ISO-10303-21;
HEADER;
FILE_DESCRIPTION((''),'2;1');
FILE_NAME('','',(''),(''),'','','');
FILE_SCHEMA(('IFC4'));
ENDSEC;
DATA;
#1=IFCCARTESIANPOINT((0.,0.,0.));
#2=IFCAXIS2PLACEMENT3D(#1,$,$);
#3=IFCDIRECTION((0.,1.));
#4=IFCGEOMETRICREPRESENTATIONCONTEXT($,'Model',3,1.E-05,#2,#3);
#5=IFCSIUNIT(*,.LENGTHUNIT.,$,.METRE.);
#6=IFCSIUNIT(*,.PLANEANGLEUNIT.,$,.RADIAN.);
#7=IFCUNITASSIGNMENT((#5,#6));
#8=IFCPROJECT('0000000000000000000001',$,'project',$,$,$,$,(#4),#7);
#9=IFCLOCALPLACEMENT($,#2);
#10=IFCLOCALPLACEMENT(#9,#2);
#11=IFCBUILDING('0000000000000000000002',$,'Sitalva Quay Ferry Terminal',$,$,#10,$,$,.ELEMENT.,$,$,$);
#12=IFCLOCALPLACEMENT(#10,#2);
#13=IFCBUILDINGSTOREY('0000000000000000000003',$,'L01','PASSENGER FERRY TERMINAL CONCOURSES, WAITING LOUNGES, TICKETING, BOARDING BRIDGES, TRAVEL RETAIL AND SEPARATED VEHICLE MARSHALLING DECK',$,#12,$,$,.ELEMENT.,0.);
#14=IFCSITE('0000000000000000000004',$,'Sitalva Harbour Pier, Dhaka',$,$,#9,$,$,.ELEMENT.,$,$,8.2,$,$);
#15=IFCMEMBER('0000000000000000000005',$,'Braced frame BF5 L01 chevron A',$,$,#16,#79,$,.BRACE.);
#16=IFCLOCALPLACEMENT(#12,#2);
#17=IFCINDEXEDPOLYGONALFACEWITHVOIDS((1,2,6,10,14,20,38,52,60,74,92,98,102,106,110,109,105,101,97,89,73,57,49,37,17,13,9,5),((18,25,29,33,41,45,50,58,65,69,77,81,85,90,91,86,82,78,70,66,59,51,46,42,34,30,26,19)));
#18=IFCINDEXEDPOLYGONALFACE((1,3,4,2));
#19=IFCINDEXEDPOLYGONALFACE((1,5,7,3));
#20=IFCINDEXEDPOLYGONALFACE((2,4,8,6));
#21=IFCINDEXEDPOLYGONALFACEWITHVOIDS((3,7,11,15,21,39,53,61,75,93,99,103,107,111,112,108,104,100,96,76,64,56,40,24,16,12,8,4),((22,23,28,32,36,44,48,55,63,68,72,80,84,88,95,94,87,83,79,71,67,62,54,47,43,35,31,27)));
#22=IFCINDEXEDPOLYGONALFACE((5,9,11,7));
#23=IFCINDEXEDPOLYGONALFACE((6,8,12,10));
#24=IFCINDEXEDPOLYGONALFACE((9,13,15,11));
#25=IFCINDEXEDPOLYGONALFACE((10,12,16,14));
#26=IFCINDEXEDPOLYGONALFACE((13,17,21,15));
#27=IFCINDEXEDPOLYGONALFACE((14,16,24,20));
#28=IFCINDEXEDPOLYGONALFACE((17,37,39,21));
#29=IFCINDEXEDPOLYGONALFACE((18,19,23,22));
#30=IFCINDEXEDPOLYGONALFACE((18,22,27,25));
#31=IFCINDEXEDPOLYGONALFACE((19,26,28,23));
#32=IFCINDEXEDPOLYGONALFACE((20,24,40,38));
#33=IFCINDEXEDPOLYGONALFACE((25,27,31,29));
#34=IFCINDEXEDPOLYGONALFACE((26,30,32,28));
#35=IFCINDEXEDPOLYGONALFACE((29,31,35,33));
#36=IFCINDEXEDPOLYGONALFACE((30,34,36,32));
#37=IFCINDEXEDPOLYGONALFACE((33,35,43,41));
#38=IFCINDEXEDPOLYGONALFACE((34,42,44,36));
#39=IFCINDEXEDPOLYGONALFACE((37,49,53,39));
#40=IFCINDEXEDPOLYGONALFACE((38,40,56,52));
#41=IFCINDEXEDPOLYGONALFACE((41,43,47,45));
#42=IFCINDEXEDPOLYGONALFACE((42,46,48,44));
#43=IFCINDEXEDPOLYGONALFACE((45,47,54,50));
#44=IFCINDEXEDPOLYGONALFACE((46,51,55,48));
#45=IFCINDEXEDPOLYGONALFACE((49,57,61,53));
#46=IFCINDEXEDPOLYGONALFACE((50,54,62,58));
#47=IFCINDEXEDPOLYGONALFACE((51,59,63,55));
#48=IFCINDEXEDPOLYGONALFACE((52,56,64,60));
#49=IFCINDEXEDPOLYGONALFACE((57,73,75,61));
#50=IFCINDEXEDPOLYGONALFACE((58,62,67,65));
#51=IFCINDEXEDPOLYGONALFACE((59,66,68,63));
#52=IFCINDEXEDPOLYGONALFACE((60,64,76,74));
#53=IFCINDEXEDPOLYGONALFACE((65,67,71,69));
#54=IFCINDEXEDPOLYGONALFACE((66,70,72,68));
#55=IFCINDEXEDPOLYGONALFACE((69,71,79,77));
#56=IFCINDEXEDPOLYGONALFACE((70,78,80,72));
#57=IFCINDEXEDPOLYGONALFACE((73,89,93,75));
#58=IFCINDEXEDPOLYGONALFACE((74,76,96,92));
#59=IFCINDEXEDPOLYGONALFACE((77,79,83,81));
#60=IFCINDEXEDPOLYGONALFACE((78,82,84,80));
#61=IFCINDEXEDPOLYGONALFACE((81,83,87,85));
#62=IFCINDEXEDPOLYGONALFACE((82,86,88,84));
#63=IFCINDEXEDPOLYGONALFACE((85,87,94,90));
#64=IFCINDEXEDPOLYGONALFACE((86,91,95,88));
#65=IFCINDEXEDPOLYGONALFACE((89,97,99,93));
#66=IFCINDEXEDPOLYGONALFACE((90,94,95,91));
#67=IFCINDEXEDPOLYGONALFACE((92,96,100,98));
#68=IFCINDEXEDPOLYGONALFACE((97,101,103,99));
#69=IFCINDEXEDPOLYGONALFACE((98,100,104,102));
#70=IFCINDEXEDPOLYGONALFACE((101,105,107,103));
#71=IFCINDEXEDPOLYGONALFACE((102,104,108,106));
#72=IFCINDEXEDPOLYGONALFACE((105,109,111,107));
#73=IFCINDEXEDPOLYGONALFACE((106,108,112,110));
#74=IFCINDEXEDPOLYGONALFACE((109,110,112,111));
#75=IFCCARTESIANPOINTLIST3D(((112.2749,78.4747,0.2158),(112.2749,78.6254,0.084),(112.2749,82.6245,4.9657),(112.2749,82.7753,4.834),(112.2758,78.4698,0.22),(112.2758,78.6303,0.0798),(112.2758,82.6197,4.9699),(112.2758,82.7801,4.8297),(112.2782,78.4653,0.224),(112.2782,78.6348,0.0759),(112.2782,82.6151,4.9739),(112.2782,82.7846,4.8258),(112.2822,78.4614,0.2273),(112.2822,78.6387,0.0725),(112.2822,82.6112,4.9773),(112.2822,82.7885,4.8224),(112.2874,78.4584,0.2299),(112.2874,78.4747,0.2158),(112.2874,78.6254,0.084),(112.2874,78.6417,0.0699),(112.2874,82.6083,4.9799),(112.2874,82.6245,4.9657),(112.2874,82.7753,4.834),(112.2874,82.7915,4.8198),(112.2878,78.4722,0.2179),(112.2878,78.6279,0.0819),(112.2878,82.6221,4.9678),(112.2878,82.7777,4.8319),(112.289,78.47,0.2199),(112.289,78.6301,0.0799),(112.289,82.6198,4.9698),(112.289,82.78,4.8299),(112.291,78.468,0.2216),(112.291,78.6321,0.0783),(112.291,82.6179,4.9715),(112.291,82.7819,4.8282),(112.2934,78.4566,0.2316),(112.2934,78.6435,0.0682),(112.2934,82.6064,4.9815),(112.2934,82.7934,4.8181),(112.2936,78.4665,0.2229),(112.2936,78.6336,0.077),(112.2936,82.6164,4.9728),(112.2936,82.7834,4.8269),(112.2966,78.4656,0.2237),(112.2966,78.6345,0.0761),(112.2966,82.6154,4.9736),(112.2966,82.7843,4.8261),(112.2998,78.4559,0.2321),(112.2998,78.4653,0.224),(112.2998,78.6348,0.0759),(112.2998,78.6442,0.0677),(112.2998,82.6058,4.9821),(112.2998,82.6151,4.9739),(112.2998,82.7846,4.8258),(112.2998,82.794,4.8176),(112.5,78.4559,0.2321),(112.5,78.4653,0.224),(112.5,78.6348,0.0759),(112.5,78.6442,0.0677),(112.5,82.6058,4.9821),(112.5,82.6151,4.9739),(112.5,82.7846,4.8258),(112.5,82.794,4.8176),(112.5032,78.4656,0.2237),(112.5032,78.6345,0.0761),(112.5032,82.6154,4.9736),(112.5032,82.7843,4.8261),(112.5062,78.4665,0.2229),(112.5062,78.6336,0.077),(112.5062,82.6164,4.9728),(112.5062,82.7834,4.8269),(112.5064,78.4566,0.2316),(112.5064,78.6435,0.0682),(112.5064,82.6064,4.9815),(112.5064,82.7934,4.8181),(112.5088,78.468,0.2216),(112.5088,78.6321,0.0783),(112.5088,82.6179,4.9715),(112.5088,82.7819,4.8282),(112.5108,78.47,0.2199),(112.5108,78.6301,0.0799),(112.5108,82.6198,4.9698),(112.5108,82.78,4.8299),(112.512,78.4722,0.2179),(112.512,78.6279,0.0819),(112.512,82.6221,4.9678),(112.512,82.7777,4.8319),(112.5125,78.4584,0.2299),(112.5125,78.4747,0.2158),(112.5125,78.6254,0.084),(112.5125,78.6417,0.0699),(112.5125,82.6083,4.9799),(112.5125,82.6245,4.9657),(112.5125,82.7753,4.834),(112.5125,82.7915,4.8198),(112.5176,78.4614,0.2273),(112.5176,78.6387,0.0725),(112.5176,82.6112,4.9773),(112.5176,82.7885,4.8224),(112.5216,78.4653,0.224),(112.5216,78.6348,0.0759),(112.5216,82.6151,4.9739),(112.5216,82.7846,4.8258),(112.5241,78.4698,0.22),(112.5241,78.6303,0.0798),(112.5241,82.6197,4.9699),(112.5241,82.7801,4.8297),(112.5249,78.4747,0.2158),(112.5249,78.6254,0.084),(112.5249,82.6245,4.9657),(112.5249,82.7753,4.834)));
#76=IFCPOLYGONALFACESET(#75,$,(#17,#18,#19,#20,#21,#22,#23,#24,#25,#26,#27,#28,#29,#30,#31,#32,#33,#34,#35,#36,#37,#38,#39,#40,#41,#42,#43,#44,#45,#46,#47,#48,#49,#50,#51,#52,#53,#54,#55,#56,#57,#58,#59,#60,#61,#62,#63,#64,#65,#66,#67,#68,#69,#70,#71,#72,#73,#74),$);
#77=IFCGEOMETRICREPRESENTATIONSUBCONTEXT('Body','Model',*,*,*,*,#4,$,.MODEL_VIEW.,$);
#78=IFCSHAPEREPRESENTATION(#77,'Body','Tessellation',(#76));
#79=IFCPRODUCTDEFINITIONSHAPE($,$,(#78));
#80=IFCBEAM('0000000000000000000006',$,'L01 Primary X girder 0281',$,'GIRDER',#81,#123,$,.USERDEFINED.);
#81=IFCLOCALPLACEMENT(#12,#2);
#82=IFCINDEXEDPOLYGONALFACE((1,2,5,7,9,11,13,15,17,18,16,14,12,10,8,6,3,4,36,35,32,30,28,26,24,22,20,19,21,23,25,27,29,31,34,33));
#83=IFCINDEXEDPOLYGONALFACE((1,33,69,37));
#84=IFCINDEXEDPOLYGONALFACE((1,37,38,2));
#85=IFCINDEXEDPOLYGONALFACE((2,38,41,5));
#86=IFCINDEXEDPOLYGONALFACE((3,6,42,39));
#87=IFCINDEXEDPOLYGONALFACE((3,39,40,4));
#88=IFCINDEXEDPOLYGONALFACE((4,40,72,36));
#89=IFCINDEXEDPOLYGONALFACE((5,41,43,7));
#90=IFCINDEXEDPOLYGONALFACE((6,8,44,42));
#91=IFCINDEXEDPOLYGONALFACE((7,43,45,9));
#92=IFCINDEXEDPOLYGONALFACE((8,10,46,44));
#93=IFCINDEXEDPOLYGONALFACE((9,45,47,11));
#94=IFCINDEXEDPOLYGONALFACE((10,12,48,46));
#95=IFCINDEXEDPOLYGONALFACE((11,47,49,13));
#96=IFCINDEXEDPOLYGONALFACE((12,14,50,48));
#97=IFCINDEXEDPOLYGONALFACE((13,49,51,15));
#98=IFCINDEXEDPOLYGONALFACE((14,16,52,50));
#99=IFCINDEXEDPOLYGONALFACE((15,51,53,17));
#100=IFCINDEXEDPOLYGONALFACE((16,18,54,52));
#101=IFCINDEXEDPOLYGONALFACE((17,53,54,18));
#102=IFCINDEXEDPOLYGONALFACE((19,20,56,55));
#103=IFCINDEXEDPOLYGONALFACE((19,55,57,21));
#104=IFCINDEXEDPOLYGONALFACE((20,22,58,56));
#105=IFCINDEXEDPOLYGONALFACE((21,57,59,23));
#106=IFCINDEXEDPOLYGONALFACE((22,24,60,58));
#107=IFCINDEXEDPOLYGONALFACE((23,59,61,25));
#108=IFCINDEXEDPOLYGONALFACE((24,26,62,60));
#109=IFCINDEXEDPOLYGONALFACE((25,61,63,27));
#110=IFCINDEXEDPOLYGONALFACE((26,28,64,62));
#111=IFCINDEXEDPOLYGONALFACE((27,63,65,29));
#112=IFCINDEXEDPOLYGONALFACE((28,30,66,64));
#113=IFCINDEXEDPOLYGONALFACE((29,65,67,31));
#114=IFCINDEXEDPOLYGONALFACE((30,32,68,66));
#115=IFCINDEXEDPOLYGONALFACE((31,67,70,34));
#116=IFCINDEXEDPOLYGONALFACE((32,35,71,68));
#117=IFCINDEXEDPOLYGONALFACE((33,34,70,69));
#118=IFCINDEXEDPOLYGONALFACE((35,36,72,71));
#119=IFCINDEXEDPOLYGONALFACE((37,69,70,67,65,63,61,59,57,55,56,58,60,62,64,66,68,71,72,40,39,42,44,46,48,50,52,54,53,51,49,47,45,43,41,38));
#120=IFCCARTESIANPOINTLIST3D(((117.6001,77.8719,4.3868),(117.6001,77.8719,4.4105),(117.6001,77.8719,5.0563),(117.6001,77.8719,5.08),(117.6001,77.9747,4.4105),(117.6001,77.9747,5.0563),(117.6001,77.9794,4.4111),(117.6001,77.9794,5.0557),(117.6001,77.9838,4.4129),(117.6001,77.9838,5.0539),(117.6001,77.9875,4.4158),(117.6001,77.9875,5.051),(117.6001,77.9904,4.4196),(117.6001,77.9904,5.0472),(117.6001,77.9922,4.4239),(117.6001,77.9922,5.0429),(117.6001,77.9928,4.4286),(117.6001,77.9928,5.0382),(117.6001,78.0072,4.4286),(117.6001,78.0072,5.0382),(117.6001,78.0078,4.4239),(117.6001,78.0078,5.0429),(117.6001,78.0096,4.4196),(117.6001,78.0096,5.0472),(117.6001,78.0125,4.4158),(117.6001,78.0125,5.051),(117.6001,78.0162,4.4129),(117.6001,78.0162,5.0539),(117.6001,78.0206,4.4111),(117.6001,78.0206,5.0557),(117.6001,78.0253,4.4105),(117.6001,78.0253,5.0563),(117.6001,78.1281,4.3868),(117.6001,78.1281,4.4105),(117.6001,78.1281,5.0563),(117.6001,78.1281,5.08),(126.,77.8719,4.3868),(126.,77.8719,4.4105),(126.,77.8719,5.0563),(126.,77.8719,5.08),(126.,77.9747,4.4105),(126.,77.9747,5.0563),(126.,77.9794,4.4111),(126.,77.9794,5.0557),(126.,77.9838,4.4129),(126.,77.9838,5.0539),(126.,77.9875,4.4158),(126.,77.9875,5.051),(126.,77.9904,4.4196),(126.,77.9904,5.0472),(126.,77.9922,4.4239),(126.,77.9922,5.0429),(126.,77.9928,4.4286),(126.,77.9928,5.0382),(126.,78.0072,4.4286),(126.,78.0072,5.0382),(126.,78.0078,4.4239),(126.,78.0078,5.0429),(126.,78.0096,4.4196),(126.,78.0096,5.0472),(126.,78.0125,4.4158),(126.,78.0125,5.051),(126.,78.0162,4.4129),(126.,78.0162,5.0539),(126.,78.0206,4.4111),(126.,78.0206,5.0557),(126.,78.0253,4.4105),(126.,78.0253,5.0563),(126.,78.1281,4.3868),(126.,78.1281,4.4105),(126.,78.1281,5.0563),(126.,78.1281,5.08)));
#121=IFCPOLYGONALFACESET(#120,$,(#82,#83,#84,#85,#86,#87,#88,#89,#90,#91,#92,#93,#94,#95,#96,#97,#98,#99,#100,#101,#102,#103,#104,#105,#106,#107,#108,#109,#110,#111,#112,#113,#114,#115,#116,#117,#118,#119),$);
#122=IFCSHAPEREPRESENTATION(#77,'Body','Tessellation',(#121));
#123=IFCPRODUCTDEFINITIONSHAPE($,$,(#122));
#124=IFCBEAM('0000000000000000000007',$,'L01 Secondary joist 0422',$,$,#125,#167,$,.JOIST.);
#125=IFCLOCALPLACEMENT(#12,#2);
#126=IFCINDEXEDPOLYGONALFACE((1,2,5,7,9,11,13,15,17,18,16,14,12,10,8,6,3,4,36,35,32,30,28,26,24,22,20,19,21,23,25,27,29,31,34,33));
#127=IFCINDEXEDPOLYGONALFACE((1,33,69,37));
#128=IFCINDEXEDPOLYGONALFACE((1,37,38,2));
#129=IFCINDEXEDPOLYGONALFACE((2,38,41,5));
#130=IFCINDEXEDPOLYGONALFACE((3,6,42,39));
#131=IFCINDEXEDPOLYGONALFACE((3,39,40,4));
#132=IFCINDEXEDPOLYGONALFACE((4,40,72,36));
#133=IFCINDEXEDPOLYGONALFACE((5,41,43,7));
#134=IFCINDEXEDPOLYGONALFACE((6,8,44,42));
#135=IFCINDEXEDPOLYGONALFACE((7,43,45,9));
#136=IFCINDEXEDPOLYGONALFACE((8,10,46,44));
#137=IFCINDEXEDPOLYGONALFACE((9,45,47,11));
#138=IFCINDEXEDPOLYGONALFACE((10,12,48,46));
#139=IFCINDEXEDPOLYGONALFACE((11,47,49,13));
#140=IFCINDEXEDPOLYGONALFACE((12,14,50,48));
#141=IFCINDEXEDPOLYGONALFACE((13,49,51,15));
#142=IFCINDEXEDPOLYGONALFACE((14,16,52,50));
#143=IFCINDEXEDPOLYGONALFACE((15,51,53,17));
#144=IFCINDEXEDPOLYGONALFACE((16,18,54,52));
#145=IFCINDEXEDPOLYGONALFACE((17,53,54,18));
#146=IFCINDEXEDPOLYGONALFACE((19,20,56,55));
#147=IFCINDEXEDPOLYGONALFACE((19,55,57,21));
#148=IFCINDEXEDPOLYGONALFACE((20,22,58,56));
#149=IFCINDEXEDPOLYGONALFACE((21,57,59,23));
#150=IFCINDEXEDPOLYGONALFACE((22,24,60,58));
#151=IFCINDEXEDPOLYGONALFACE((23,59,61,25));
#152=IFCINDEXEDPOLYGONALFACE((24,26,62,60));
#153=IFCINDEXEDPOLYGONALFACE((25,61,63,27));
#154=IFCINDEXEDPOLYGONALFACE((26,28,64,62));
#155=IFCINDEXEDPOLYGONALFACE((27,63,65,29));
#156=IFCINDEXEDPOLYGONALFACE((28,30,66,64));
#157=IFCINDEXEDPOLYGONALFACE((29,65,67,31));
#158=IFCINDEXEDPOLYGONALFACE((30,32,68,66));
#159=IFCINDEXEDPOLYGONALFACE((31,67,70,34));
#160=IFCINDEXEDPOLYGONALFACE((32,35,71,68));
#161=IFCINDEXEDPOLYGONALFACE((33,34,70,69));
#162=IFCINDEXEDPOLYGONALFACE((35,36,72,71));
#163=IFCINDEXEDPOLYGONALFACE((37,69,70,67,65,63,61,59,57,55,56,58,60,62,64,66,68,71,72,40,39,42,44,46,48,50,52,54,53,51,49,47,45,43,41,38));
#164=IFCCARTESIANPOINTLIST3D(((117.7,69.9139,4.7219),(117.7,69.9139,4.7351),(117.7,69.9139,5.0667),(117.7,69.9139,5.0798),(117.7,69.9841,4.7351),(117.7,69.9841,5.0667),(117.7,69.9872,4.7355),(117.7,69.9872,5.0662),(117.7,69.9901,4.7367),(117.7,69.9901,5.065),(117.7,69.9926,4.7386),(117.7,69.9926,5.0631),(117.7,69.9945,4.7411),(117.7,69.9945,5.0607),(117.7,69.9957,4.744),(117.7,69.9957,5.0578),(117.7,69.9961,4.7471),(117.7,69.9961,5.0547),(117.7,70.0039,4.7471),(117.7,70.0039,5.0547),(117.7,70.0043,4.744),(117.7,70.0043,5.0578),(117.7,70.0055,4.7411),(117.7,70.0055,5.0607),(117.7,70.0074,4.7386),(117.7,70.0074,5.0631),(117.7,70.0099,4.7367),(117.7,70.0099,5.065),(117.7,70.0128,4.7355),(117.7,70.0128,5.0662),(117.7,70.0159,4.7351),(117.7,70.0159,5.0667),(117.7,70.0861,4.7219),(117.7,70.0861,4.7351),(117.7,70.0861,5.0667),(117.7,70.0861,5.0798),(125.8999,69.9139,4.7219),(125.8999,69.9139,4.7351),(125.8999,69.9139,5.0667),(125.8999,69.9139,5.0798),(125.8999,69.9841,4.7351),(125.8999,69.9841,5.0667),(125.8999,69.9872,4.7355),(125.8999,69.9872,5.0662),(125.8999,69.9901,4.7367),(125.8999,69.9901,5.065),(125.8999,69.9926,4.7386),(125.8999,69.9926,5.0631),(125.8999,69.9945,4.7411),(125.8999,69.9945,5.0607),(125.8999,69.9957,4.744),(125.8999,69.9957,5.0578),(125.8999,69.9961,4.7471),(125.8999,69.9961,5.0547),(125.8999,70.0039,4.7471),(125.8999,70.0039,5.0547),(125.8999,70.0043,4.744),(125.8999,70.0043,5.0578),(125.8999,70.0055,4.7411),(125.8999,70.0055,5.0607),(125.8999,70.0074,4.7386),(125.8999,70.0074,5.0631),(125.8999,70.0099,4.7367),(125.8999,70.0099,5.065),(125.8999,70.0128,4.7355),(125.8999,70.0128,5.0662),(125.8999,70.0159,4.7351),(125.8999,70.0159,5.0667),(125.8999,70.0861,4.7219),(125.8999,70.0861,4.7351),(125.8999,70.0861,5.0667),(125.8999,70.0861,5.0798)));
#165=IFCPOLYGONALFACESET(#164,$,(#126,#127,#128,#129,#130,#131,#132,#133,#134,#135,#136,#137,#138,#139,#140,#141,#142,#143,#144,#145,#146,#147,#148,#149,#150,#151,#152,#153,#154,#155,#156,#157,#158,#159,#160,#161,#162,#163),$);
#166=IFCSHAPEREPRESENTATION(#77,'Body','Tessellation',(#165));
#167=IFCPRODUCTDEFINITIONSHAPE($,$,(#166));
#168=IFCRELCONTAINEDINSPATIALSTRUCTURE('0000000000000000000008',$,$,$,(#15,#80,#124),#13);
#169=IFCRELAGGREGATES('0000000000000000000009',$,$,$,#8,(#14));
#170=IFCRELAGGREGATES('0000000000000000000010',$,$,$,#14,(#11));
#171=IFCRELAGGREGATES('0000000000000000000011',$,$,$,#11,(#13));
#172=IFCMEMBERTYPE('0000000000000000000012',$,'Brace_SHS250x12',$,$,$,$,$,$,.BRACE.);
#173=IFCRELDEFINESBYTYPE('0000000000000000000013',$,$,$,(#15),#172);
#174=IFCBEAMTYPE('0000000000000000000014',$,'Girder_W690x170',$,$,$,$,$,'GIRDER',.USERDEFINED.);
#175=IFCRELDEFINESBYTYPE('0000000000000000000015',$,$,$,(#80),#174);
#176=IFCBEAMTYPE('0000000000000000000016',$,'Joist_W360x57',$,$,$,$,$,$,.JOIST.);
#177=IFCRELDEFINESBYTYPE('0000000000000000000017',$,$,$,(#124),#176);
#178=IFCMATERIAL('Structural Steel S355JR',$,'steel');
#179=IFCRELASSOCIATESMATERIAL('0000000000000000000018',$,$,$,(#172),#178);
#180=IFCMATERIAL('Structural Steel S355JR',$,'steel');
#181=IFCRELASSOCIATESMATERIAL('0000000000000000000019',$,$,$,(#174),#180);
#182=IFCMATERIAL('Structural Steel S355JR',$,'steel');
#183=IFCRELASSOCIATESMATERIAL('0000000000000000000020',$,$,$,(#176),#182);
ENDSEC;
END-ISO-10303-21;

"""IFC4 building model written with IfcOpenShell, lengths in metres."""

from ifc_helpers import new_model, si_unit, direction, frame, origin, origin_2d, place, context, subcontext, project, spatial, hollow_rectangle, i_section, extrude, material, material_profile, profile_set, type_object, element, save


model = new_model("IFC4")

# Units and contexts
model_context = context("Model", 3, precision=1e-05, world=origin(), true_north=direction((0.0, 1.0)))
body_context = subcontext(model_context, "Body", "Model", "MODEL_VIEW")
ifc_project = project(units=[si_unit("LENGTHUNIT", "METRE"), si_unit("PLANEANGLEUNIT", "RADIAN")], contexts=[model_context])

# Site, building, storey
site_placement = place(None, origin())
site = spatial("IfcSite", under=ifc_project, at=site_placement, Name="Sitalva Harbour Pier, Dhaka", CompositionType="ELEMENT", RefElevation=8.2)
building_placement = place(site_placement, origin())
building = spatial("IfcBuilding", under=site, at=building_placement, Name="Sitalva Quay Ferry Terminal", CompositionType="ELEMENT")
storey_placement = place(building_placement, origin())
storey = spatial("IfcBuildingStorey", under=building, at=storey_placement, Name="L01", Description="PASSENGER FERRY TERMINAL CONCOURSES, WAITING LOUNGES, TICKETING, BOARDING BRIDGES, TRAVEL RETAIL AND SEPARATED VEHICLE MARSHALLING DECK", CompositionType="ELEMENT", Elevation=0.0)

# Member
ifc_material_1 = material(Name="Structural Steel S355JR", Category="steel")
ifc_material_profile_1 = material_profile(ifc_material_1, hollow_rectangle(XDim=0.25, YDim=0.25, WallThickness=0.0125, InnerFilletRadius=0.0125, OuterFilletRadius=0.0249, at=origin_2d()), Name="SHS250x250x12.5")
ifc_profile_set_1 = profile_set([ifc_material_profile_1], Name="Structural Steel S355JR")
member_type = type_object("IfcMemberType", Name="Brace_SHS250x12", PredefinedType="BRACE", material=ifc_profile_set_1)
member_placement = place(storey_placement, frame((112.3999, 78.55, 0.1499), z_axis=(0.0, 0.657934, 0.753075), x_axis=(-1.0, 0.0, 0.0)))
element("IfcMember", 1, at=member_placement, inside=storey, type_object=member_type, Name="Braced frame BF5 L01 chevron A", PredefinedType="BRACE", context=body_context, shape_type="SweptSolid", body=[
    extrude(hollow_rectangle(XDim=0.25, YDim=0.25, WallThickness=0.0125, InnerFilletRadius=0.0125, OuterFilletRadius=0.0249, at=origin_2d()), origin(), (0.0, 0.0, 1.0), 6.3074),
])

# Beams
ifc_material_2 = material(Name="Structural Steel S355JR", Category="steel")
ifc_material_profile_2 = material_profile(ifc_material_2, i_section(OverallWidth=0.2561, OverallDepth=0.6931, WebThickness=0.0144, FlangeThickness=0.0237, FilletRadius=0.0181, at=origin_2d()), Name="W690x170")
ifc_profile_set_2 = profile_set([ifc_material_profile_2], Name="Structural Steel S355JR")
beam_type_1 = type_object("IfcBeamType", Name="Girder_W690x170", ElementType="GIRDER", PredefinedType="USERDEFINED", material=ifc_profile_set_2)
beam_1_placement = place(storey_placement, frame((117.6001, 78.0, 4.7334), z_axis=(1.0, 0.0, 0.0), x_axis=(0.0, 1.0, 0.0)))
element("IfcBeam", 2, at=beam_1_placement, inside=storey, type_object=beam_type_1, Name="L01 Primary X girder 0281", ObjectType="GIRDER", PredefinedType="USERDEFINED", context=body_context, shape_type="SweptSolid", body=[
    extrude(i_section(OverallWidth=0.2561, OverallDepth=0.6931, WebThickness=0.0144, FlangeThickness=0.0237, FilletRadius=0.0181, at=origin_2d()), origin(), (0.0, 0.0, 1.0), 8.3999),
])
ifc_material_3 = material(Name="Structural Steel S355JR", Category="steel")
ifc_material_profile_3 = material_profile(ifc_material_3, i_section(OverallWidth=0.1721, OverallDepth=0.3579, WebThickness=0.0078, FlangeThickness=0.0132, FilletRadius=0.012, at=origin_2d()), Name="W360x57")
ifc_profile_set_3 = profile_set([ifc_material_profile_3], Name="Structural Steel S355JR")
beam_type_2 = type_object("IfcBeamType", Name="Joist_W360x57", PredefinedType="JOIST", material=ifc_profile_set_3)
for number, where, z_axis, x_axis, name in (
    (3, (117.7, 70.0, 4.9009), (1.0, 0.0, 0.0), (0.0, 1.0, 0.0), "L01 Secondary joist 0422"),
):
    element("IfcBeam", number, at=place(storey_placement, frame(where, z_axis=z_axis, x_axis=x_axis)), inside=storey, type_object=beam_type_2, Name=name, PredefinedType="JOIST", context=body_context, shape_type="SweptSolid", body=[
        extrude(i_section(OverallWidth=0.1721, OverallDepth=0.3579, WebThickness=0.0078, FlangeThickness=0.0132, FilletRadius=0.012, at=origin_2d()), origin(), (0.0, 0.0, 1.0), 8.2),
    ])

save(model, "model.ifc")
